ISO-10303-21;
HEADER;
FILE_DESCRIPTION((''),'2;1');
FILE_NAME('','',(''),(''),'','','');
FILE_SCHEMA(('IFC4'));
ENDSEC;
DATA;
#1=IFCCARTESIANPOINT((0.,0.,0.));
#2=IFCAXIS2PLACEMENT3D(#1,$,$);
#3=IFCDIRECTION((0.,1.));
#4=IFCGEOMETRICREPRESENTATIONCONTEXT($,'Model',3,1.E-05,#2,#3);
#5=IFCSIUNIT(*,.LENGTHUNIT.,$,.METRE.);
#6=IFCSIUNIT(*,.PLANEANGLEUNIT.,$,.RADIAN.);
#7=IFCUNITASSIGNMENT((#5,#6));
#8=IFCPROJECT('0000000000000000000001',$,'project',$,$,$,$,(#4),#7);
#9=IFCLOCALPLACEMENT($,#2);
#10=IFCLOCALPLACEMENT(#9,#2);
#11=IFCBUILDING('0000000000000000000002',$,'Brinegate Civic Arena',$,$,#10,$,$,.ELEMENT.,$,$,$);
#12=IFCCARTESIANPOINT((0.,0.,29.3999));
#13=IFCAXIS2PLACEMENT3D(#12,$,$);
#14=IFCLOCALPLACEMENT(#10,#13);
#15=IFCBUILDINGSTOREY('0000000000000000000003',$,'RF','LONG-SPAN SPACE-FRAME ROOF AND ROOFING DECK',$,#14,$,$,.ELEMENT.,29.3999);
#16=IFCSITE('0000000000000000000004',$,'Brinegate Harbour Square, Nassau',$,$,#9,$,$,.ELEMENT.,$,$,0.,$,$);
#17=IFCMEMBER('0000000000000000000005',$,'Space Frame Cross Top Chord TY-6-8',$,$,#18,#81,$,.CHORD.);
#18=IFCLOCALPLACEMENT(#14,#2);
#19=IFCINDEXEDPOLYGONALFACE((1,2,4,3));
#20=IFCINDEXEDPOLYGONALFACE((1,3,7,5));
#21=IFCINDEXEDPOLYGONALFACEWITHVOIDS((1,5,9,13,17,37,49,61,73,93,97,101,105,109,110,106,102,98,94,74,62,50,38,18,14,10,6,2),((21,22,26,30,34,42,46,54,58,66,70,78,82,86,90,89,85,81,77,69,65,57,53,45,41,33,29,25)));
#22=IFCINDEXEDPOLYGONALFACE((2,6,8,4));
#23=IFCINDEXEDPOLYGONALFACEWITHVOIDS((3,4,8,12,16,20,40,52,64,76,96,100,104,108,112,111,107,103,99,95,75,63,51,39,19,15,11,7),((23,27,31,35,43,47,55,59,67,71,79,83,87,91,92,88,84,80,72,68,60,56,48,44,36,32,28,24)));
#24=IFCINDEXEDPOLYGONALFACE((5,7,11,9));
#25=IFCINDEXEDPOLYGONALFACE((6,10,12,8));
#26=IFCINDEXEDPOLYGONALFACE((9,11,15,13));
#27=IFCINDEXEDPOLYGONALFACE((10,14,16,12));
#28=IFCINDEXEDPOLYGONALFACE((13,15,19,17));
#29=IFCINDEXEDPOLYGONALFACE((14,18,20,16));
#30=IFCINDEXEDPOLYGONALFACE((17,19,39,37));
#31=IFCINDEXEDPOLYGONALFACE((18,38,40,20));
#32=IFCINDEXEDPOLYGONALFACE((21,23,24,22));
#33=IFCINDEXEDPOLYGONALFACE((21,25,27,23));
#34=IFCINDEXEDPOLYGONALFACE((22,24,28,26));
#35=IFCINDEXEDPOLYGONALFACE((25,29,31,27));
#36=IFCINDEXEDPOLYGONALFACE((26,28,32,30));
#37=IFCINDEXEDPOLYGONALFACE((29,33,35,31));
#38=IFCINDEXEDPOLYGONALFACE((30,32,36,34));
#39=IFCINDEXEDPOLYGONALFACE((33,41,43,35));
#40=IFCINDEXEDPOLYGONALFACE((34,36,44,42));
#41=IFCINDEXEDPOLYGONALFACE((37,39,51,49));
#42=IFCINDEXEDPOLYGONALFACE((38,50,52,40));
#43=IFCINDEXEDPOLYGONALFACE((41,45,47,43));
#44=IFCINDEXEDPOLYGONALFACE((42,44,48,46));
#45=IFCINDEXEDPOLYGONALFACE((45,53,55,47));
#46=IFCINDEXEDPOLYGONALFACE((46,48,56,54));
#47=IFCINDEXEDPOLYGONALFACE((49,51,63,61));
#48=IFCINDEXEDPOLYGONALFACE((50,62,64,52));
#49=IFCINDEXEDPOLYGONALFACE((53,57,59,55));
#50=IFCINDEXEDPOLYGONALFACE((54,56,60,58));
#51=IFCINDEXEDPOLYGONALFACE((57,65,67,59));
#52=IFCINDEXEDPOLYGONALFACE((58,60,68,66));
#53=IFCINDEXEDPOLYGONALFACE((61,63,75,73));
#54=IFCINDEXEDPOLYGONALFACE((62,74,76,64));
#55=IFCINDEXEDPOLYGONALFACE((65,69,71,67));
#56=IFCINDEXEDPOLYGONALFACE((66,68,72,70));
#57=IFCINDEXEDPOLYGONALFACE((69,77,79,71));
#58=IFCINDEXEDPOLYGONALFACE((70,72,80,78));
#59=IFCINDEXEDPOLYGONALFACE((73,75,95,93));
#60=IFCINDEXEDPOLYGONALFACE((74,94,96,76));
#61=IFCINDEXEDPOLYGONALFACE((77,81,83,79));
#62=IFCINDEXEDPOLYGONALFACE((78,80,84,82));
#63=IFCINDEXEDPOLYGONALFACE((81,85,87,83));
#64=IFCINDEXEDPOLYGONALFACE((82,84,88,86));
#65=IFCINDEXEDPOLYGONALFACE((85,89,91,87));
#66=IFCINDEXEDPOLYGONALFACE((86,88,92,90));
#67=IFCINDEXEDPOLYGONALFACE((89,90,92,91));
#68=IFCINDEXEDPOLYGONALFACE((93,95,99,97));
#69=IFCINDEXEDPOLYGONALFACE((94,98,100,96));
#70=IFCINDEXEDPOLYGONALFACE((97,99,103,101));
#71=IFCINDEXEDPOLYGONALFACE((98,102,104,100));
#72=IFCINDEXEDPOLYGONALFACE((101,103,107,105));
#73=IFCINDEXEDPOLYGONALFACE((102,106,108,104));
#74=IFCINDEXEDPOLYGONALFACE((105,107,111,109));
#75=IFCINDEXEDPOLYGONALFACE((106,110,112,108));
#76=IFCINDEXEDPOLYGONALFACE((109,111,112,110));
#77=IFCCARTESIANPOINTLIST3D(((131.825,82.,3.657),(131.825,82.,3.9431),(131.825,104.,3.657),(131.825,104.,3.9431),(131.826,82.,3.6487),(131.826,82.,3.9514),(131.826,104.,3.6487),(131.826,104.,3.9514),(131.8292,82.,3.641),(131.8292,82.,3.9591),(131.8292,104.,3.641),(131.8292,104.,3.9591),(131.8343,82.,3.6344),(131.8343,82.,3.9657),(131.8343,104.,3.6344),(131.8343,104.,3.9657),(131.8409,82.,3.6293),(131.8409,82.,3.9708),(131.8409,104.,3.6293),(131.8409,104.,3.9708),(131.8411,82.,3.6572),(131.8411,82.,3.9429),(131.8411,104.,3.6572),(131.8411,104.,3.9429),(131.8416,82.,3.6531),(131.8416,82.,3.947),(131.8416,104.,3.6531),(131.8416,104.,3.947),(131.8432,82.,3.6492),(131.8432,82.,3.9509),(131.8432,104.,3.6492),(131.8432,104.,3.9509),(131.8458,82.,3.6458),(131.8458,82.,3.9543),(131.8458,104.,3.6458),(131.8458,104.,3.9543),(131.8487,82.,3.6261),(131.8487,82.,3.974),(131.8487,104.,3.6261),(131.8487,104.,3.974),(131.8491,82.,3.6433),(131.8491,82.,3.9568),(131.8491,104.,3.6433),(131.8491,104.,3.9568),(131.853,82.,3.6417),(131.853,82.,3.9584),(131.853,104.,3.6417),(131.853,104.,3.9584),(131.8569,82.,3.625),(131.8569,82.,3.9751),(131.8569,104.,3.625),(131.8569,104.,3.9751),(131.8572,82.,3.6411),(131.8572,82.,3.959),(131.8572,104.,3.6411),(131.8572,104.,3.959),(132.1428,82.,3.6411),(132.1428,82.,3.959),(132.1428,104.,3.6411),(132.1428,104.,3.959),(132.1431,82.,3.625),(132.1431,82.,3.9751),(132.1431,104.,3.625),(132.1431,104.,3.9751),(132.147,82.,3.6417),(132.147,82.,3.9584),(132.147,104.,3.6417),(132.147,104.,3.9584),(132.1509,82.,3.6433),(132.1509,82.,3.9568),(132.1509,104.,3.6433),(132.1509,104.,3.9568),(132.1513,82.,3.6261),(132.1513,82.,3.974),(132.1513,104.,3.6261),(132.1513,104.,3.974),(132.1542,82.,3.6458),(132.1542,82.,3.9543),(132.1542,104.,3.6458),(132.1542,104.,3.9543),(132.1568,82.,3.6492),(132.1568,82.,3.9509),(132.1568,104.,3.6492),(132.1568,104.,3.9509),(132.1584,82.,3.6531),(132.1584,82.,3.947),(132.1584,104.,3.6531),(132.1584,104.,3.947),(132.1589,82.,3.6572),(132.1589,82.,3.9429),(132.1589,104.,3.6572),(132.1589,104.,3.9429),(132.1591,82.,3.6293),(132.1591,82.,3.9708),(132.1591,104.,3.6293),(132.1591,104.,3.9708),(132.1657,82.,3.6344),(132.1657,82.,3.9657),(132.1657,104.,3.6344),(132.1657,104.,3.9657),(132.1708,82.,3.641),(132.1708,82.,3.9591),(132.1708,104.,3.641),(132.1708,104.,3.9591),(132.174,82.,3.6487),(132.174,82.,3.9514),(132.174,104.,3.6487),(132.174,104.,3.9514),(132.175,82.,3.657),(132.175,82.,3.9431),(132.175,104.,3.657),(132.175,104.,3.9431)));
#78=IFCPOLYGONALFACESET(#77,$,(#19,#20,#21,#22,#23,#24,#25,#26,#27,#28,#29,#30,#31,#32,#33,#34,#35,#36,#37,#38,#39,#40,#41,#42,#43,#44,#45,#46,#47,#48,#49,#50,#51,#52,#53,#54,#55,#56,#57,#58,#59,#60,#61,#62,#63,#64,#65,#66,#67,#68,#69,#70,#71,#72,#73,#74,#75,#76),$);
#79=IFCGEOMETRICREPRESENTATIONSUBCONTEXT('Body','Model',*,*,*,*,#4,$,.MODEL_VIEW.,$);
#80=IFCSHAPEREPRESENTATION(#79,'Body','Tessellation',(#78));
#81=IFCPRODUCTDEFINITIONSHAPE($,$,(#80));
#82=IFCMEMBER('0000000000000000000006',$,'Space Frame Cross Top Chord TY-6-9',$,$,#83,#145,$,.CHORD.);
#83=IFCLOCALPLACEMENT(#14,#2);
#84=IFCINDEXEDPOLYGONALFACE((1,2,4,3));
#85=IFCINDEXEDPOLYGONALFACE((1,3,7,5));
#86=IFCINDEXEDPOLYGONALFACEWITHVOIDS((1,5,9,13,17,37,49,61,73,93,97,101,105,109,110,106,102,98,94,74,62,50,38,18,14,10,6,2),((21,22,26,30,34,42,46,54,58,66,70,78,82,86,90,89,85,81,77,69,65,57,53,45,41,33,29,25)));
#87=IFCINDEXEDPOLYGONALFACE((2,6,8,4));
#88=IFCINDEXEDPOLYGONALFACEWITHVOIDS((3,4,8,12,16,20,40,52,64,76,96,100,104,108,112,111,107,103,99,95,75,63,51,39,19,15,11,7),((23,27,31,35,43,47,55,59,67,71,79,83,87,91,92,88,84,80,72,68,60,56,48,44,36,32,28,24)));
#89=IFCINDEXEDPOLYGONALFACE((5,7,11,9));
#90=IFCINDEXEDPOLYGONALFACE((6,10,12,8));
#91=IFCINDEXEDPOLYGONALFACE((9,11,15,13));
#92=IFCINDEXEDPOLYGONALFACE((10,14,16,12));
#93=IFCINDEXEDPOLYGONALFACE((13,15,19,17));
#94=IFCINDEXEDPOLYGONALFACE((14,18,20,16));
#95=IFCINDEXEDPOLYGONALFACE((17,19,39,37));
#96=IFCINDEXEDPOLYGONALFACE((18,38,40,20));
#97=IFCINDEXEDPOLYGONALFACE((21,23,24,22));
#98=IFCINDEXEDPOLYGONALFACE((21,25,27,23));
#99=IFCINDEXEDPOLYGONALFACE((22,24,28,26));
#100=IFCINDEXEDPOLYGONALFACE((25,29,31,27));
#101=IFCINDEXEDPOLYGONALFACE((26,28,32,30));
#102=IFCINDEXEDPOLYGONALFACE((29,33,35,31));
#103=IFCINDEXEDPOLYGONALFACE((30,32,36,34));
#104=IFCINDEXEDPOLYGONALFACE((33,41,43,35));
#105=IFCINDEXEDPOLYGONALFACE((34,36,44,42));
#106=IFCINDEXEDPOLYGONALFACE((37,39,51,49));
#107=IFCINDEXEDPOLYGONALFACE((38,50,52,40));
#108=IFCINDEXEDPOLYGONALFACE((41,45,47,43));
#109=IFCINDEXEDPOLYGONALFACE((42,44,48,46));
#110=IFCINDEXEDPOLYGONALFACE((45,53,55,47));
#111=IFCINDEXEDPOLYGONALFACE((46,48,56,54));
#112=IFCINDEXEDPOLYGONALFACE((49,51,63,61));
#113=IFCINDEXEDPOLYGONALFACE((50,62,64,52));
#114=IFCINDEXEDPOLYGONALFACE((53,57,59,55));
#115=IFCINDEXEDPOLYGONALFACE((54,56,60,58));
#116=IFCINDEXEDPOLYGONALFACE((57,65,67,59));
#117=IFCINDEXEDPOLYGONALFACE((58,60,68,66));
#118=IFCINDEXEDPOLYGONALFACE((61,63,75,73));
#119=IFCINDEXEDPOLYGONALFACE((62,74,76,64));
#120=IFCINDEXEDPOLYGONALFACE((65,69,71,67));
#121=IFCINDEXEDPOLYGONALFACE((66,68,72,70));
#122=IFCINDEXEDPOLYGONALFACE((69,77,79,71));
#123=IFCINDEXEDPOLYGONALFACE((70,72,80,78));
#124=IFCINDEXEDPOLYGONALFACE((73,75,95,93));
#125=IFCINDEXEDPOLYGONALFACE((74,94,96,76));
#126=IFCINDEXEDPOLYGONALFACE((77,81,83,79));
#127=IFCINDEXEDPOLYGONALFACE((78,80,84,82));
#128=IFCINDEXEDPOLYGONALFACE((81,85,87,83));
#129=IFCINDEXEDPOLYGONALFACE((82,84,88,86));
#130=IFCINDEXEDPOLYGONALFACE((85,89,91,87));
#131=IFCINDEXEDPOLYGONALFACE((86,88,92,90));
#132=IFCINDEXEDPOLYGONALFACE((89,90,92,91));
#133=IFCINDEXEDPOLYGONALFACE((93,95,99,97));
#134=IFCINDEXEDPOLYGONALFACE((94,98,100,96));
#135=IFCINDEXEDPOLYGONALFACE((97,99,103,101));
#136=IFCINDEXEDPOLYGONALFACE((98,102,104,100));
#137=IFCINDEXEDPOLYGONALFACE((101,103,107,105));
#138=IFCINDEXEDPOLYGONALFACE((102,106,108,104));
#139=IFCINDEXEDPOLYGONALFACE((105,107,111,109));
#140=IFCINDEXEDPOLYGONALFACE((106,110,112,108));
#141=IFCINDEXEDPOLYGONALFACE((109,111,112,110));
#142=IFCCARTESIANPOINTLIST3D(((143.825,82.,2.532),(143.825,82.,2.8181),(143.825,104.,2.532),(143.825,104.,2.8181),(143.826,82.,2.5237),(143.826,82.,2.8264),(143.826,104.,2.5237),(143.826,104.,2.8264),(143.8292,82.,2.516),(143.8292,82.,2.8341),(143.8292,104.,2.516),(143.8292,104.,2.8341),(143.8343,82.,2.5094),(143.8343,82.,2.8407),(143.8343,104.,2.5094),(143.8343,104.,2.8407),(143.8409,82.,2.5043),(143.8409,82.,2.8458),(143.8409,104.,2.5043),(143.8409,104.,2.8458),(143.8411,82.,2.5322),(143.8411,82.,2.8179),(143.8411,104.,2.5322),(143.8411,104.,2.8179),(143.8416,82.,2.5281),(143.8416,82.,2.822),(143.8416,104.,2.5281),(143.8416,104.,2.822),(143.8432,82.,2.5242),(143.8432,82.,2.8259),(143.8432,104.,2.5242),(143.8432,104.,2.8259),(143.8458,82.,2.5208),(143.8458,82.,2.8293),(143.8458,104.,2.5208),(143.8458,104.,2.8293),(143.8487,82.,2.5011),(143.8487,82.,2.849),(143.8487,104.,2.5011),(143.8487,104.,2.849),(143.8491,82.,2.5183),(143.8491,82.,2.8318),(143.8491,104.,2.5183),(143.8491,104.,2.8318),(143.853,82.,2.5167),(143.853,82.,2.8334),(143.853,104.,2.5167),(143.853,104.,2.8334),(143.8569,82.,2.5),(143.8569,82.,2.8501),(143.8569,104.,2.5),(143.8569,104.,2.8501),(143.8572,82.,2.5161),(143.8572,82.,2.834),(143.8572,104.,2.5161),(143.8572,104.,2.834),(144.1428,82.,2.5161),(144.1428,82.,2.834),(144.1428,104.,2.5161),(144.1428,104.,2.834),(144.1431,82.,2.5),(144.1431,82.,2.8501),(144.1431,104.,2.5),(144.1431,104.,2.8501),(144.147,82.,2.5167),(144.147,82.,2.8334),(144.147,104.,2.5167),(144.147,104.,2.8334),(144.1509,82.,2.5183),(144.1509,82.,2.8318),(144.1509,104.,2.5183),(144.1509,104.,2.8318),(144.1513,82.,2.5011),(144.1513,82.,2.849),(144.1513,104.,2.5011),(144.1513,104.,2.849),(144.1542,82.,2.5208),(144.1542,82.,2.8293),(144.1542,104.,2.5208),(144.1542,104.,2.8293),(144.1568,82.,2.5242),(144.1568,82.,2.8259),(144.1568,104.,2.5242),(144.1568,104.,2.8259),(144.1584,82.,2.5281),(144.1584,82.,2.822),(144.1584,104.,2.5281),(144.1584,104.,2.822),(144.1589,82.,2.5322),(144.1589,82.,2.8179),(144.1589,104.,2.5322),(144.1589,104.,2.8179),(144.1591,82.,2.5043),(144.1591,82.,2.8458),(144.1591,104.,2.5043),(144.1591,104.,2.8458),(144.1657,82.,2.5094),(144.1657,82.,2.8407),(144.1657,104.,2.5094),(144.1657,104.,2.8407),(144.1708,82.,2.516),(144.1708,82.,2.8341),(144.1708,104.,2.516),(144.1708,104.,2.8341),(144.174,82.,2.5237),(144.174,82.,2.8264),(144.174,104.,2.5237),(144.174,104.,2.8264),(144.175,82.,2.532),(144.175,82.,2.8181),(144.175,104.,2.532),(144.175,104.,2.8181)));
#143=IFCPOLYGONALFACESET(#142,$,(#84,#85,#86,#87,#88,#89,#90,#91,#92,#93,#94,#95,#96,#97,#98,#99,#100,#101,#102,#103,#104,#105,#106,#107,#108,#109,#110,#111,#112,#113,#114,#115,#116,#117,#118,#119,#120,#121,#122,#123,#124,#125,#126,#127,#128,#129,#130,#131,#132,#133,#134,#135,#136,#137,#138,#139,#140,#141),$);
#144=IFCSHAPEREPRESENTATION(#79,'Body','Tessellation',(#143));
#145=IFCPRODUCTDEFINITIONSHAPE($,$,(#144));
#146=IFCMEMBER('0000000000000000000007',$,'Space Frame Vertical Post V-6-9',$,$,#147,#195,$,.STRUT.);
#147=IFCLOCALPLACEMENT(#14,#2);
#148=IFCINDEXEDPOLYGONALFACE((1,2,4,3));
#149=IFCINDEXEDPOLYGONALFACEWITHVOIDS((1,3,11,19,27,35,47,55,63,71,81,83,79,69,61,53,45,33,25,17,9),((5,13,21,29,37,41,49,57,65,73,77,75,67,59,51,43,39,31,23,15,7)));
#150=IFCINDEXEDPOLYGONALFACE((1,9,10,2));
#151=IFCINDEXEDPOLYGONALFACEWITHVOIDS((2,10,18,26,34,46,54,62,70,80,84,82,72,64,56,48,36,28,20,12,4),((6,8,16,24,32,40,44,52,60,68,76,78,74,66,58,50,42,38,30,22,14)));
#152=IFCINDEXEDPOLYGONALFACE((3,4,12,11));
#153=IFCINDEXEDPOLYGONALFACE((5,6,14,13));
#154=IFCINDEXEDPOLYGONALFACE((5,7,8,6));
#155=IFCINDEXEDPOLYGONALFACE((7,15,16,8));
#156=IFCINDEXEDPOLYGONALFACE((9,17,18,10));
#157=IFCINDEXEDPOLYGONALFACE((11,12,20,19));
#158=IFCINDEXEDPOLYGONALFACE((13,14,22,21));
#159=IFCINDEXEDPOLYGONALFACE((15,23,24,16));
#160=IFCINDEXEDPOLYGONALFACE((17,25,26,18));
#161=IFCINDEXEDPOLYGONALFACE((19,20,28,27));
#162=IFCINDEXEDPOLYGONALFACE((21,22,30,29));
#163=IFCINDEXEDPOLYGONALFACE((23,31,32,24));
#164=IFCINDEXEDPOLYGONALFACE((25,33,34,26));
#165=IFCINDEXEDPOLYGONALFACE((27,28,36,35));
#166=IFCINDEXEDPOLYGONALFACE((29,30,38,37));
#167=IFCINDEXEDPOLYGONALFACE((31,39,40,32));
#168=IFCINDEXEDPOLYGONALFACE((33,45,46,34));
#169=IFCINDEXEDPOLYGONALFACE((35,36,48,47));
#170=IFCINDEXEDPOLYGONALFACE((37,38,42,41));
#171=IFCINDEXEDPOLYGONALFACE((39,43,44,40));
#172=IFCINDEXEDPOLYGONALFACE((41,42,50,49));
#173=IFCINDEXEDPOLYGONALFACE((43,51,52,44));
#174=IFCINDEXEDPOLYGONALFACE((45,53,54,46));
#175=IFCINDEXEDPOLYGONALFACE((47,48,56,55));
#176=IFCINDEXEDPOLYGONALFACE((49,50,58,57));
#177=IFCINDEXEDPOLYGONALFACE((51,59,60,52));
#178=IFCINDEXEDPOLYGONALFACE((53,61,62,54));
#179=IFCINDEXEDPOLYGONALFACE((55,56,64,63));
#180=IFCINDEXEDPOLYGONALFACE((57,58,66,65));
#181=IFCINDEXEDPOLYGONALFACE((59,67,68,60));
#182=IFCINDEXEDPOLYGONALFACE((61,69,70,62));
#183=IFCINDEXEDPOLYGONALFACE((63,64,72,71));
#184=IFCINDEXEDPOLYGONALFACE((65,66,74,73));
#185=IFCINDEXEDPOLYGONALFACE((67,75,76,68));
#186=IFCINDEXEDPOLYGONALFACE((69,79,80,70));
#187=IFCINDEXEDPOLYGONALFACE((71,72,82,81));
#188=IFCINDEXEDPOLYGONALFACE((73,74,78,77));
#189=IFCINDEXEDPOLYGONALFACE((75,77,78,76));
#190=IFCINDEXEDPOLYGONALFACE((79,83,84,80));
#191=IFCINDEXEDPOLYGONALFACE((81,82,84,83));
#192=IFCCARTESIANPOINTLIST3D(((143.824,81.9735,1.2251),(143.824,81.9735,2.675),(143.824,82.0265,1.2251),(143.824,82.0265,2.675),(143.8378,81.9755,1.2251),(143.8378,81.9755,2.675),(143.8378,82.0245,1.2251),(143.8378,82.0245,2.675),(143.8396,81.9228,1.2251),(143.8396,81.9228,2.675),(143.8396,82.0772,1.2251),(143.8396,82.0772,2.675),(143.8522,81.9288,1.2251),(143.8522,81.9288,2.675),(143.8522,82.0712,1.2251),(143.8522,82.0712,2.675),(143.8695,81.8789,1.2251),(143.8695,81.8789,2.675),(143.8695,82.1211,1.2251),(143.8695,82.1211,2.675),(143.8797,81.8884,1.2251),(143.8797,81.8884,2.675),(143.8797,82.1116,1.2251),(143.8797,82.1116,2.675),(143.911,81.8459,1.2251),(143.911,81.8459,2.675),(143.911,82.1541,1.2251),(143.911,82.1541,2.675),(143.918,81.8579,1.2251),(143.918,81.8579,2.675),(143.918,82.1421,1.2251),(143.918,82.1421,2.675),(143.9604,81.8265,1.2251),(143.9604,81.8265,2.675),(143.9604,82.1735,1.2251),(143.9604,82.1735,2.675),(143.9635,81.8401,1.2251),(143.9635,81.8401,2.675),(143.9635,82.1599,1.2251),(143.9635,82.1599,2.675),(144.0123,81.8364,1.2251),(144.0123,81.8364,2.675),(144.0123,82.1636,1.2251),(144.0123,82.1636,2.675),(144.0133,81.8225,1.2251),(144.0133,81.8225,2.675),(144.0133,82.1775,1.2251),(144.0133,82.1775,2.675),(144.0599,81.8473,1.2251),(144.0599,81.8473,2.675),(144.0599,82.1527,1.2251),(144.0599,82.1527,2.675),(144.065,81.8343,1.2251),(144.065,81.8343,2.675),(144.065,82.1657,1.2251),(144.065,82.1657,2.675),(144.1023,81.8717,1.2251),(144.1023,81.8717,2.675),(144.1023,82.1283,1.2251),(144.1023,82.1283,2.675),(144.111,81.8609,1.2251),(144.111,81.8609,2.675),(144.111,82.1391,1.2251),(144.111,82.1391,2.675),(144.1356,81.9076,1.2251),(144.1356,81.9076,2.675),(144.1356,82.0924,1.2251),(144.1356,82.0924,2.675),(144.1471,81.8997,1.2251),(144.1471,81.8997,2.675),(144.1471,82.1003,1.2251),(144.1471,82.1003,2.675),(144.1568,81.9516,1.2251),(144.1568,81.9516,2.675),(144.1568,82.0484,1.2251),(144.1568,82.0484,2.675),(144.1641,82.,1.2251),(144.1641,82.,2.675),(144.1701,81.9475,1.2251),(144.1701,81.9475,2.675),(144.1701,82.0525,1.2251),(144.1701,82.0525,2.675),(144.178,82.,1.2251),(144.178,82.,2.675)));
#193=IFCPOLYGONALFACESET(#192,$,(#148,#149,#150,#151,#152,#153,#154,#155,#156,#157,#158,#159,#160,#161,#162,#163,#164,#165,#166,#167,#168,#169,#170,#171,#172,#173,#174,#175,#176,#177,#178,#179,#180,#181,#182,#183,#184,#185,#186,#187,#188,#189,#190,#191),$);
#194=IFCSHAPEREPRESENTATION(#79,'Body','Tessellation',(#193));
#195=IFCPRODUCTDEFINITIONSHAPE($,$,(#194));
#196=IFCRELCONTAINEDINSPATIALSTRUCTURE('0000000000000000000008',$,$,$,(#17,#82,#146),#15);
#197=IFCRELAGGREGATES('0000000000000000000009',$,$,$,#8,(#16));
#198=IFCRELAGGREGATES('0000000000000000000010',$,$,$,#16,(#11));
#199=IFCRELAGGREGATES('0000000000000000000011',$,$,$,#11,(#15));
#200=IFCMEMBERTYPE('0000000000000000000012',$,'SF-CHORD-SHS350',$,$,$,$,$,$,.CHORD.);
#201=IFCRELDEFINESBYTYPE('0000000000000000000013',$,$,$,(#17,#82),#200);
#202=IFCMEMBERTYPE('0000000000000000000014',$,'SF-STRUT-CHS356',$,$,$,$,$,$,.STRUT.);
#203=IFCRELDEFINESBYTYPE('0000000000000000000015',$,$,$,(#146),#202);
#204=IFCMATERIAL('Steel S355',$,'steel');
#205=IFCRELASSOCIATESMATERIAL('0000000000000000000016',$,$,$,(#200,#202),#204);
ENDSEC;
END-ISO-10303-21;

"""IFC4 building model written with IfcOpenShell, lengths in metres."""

from ifc_helpers import new_model, si_unit, direction, frame, origin, origin_2d, place, context, subcontext, project, spatial, hollow_rectangle, hollow_circle, extrude, material, material_profile, profile_set, type_object, element, save


model = new_model("IFC4")

# Units and contexts
model_context = context("Model", 3, precision=1e-05, world=origin(), true_north=direction((0.0, 1.0)))
body_context = subcontext(model_context, "Body", "Model", "MODEL_VIEW")
ifc_project = project(units=[si_unit("LENGTHUNIT", "METRE"), si_unit("PLANEANGLEUNIT", "RADIAN")], contexts=[model_context])

# Site, building, storey
site_placement = place(None, origin())
site = spatial("IfcSite", under=ifc_project, at=site_placement, Name="Brinegate Harbour Square, Nassau", CompositionType="ELEMENT", RefElevation=0.0)
building_placement = place(site_placement, origin())
building = spatial("IfcBuilding", under=site, at=building_placement, Name="Brinegate Civic Arena", CompositionType="ELEMENT")
storey_placement = place(building_placement, frame((0.0, 0.0, 29.3999)))
storey = spatial("IfcBuildingStorey", under=building, at=storey_placement, Name="RF", Description="LONG-SPAN SPACE-FRAME ROOF AND ROOFING DECK", CompositionType="ELEMENT", Elevation=29.3999)

# Shared definitions
ifc_material_1 = material(Name="Steel S355", Category="steel")

# Members
ifc_material_profile_1 = material_profile(ifc_material_1, hollow_rectangle(XDim=0.3501, YDim=0.3501, WallThickness=0.0161, InnerFilletRadius=0.0161, OuterFilletRadius=0.032, at=origin_2d()), Name="SHS350X16")
ifc_profile_set_1 = profile_set([ifc_material_profile_1], Name="Steel S355")
member_type_1 = type_object("IfcMemberType", Name="SF-CHORD-SHS350", PredefinedType="CHORD", material=ifc_profile_set_1)
for number, where, z_axis, x_axis, name in (
    (1, (132.0, 82.0, 3.8), (0.0, 1.0, 0.0), (-1.0, 0.0, 0.0), "Space Frame Cross Top Chord TY-6-8"),
    (2, (144.0, 82.0, 2.675), (0.0, 1.0, 0.0), (-1.0, 0.0, 0.0), "Space Frame Cross Top Chord TY-6-9"),
):
    element("IfcMember", number, at=place(storey_placement, frame(where, z_axis=z_axis, x_axis=x_axis)), inside=storey, type_object=member_type_1, Name=name, PredefinedType="CHORD", context=body_context, shape_type="SweptSolid", body=[
        extrude(hollow_rectangle(XDim=0.3501, YDim=0.3501, WallThickness=0.0161, InnerFilletRadius=0.0161, OuterFilletRadius=0.032, at=origin_2d()), origin(), (0.0, 0.0, 1.0), 22.0),
    ])
ifc_material_profile_2 = material_profile(ifc_material_1, hollow_circle(Radius=0.178, WallThickness=0.0139, at=origin_2d()), Name="CHS356X14")
ifc_profile_set_2 = profile_set([ifc_material_profile_2], Name="Steel S355")
member_type_2 = type_object("IfcMemberType", Name="SF-STRUT-CHS356", PredefinedType="STRUT", material=ifc_profile_set_2)
member_1_placement = place(storey_placement, frame((144.0, 82.0, 1.2251), z_axis=(0.0, 0.0, 1.0), x_axis=(1.0, 0.0, 0.0)))
element("IfcMember", 3, at=member_1_placement, inside=storey, type_object=member_type_2, Name="Space Frame Vertical Post V-6-9", PredefinedType="STRUT", context=body_context, shape_type="SweptSolid", body=[
    extrude(hollow_circle(Radius=0.178, WallThickness=0.0139, at=origin_2d()), origin(), (0.0, 0.0, 1.0), 1.45),
])

save(model, "model.ifc")
